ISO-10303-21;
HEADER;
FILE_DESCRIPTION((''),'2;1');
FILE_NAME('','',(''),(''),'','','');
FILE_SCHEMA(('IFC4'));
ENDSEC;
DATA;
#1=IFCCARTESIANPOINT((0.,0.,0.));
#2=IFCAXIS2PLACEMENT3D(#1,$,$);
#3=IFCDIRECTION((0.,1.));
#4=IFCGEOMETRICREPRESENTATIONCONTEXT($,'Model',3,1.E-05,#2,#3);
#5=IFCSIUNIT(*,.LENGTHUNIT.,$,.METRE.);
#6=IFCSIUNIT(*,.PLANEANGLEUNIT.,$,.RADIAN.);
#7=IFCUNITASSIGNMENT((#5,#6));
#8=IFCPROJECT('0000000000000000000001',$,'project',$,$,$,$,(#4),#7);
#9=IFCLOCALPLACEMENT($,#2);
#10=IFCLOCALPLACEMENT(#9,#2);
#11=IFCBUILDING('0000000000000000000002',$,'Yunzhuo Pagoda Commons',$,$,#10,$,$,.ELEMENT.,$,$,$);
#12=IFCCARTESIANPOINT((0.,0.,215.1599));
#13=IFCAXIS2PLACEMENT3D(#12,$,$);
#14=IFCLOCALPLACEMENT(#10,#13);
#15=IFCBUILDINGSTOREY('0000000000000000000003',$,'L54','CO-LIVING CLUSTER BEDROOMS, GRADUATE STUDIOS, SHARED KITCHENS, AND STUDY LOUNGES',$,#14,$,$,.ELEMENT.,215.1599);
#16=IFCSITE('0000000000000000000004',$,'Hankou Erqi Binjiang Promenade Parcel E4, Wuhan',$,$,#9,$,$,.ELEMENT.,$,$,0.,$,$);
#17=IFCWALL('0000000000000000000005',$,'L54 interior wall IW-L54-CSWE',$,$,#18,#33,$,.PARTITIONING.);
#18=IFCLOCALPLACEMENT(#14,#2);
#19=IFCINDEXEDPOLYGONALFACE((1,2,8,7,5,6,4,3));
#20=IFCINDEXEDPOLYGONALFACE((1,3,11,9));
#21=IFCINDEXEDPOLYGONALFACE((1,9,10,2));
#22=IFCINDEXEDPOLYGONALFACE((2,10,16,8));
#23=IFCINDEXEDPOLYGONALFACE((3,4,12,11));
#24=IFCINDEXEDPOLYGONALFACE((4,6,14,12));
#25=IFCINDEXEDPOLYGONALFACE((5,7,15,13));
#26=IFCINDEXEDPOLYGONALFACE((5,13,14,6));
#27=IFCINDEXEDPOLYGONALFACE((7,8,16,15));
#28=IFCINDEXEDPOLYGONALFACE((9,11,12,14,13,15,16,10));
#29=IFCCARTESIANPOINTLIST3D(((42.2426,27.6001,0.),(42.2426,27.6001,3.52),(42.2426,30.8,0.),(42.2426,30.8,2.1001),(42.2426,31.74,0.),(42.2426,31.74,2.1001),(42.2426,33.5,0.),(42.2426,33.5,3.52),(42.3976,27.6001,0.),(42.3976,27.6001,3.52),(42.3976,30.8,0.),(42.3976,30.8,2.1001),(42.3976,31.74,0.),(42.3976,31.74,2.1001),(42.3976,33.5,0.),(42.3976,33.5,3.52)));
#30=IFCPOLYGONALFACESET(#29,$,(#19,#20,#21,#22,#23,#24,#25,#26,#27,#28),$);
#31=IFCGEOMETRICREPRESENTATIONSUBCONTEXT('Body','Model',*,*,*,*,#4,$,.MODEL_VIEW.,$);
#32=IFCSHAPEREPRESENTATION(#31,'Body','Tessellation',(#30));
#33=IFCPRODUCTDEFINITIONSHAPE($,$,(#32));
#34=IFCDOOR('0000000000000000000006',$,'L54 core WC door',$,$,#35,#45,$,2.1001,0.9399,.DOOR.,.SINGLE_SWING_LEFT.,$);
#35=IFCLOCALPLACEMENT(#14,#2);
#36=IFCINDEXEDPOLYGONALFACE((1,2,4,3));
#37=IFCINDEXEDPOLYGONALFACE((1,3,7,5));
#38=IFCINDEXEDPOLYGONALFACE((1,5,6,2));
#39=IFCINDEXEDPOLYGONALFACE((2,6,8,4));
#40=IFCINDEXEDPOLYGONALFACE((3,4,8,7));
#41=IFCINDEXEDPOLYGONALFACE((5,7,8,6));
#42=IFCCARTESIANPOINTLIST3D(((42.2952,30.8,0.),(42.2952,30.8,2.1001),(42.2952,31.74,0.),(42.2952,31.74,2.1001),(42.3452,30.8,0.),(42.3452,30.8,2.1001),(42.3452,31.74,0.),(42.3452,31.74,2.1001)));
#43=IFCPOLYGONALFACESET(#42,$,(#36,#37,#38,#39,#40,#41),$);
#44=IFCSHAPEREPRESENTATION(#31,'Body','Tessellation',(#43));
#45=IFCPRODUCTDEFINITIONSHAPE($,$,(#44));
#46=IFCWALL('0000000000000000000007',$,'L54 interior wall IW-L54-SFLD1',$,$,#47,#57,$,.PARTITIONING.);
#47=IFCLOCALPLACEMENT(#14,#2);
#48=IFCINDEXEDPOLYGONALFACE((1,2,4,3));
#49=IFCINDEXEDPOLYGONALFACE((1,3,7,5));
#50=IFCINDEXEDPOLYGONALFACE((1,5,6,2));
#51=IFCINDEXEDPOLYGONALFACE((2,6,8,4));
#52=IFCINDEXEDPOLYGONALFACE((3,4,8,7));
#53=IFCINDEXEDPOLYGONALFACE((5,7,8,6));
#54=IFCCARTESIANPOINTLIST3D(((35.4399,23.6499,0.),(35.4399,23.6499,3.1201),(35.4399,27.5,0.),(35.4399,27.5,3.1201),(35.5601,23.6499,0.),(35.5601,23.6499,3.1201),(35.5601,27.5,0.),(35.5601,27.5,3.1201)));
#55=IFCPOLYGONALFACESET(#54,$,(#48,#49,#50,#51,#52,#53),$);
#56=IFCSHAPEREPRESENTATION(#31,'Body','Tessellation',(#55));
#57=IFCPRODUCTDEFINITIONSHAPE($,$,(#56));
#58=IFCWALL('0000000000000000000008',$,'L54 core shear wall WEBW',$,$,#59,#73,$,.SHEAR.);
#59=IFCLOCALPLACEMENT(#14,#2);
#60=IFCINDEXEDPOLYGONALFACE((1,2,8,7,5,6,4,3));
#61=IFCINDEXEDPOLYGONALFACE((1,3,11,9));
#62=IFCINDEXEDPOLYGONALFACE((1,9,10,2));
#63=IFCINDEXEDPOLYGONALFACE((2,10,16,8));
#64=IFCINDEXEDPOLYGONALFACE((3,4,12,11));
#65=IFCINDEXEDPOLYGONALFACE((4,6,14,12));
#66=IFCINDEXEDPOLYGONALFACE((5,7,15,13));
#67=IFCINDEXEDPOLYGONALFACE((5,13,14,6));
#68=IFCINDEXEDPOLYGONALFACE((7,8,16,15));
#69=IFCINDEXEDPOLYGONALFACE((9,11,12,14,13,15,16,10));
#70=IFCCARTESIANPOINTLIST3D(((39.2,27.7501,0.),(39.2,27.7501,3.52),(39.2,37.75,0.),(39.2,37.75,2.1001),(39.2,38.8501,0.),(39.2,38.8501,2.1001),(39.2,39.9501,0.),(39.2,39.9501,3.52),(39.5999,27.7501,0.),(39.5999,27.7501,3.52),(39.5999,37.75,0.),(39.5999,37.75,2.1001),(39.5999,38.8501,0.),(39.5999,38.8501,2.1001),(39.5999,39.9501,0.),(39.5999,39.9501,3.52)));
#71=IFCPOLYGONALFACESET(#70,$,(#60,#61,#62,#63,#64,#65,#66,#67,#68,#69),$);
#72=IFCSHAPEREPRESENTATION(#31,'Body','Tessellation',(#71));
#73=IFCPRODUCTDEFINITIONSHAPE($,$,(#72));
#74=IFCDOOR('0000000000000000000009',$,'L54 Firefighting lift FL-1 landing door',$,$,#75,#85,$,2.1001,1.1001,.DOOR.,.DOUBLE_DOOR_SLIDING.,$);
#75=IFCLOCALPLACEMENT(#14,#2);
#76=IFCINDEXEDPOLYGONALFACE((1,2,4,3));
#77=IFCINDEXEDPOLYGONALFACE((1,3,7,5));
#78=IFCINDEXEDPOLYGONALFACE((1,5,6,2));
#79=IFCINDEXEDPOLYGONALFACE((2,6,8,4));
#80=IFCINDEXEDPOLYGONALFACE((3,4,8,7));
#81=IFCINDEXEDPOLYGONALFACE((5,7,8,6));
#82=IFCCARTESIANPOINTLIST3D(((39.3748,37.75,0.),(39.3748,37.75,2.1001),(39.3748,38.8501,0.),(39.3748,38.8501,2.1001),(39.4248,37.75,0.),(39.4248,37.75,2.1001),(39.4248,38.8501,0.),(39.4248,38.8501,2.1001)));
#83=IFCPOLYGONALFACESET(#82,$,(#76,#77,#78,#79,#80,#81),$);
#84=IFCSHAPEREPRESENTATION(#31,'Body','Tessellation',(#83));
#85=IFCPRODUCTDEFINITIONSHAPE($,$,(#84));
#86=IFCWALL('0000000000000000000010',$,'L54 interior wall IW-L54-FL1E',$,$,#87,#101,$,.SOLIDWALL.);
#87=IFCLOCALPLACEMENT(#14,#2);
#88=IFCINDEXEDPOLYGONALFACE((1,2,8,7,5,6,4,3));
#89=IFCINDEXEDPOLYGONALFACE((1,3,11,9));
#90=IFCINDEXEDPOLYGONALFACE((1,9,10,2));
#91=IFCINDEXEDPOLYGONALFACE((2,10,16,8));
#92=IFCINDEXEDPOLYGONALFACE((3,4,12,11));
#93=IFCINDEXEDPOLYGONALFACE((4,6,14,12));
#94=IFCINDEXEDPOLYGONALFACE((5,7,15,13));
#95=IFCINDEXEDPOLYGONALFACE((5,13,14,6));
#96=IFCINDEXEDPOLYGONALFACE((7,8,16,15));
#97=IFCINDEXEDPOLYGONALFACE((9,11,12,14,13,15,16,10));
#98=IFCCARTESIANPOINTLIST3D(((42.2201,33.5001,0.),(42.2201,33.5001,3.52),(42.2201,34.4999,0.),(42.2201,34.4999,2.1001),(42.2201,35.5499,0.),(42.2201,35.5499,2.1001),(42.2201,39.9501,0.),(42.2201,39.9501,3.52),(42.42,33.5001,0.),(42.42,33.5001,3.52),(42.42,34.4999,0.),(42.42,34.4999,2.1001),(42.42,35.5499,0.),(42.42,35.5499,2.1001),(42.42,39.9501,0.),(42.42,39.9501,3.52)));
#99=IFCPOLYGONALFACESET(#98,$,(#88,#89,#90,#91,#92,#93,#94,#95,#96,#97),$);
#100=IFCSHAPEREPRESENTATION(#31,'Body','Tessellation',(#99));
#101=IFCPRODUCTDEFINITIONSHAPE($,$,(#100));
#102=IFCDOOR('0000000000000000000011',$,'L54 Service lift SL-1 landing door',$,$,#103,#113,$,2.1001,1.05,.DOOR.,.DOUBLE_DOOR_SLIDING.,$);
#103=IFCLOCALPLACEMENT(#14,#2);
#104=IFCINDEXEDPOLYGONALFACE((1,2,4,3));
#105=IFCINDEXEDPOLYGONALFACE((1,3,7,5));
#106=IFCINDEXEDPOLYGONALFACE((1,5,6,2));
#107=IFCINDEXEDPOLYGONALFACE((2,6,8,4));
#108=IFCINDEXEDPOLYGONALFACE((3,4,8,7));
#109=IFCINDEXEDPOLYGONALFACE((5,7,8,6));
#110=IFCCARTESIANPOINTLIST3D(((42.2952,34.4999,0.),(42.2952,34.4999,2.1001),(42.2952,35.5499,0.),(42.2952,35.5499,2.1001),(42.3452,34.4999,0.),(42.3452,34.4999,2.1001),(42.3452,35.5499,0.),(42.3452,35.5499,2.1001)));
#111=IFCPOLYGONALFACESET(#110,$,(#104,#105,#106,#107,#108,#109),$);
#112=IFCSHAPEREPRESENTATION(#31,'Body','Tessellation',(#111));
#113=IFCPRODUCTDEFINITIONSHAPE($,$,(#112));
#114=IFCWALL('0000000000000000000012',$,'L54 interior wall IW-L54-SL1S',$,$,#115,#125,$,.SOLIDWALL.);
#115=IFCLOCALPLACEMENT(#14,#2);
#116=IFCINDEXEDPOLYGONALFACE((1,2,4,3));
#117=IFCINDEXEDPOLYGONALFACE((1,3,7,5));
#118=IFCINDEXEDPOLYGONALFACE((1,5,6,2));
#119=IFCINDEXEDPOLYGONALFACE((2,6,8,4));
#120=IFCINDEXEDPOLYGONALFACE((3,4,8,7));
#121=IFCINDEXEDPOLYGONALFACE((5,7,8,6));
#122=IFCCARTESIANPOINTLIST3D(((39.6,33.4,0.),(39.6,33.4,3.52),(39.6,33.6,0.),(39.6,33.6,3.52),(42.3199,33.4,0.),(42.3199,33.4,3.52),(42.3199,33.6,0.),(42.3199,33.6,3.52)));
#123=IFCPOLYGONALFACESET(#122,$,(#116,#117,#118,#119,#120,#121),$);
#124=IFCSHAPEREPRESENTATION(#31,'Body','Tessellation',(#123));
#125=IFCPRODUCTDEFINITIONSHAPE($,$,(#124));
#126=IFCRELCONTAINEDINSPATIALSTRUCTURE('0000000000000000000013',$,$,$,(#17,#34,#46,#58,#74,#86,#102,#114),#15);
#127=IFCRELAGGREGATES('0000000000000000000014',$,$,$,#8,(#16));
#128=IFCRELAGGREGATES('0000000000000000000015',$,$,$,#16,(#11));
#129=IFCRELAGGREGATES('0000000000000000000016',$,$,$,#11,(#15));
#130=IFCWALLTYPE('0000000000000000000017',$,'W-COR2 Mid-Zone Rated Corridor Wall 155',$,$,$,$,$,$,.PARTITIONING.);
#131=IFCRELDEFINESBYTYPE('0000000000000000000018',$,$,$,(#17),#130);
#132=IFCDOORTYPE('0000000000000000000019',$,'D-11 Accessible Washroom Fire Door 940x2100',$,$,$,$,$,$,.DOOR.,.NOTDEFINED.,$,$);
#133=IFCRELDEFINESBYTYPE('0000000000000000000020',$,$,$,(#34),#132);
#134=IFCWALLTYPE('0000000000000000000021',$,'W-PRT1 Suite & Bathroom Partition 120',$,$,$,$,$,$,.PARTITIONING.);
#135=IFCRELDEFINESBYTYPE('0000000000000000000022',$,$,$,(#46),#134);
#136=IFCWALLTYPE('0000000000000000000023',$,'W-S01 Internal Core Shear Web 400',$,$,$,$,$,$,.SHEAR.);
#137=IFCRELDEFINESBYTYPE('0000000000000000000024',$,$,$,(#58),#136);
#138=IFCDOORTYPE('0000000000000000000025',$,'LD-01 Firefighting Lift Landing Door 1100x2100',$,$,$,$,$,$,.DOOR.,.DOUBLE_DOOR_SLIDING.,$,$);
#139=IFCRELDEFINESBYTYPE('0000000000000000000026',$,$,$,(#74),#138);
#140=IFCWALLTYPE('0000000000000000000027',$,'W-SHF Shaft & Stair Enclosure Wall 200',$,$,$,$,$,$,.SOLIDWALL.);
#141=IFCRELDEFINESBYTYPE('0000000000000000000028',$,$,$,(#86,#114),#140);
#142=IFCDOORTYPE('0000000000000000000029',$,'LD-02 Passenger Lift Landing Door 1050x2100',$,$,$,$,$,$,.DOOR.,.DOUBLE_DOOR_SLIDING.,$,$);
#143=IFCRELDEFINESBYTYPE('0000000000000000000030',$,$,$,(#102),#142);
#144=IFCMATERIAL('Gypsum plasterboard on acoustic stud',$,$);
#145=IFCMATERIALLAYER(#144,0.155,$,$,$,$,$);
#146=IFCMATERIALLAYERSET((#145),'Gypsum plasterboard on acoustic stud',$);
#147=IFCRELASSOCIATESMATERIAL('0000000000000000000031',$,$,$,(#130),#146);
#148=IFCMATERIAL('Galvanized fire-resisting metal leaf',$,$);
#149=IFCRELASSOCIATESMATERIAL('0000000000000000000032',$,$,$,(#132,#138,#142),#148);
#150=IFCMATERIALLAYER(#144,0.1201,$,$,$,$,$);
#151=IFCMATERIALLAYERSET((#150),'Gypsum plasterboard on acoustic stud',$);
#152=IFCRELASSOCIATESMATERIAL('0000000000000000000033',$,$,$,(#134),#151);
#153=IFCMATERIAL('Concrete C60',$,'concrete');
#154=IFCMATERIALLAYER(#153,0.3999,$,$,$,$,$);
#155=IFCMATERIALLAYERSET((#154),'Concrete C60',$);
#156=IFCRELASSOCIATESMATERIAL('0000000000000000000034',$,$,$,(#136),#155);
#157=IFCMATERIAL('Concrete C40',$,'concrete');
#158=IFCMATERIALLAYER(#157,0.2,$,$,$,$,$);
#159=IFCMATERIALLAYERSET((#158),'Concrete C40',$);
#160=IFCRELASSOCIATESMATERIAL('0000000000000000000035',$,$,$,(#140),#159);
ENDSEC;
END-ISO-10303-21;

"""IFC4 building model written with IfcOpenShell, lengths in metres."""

from ifc_helpers import new_model, si_unit, direction, frame, frame_2d, origin, origin_with_axes, place, context, subcontext, project, spatial, rectangle, extrude, source, transform, mapped, material, layer, layer_set, type_object, element, fill, save


model = new_model("IFC4")

# Units and contexts
model_context = context("Model", 3, precision=1e-05, world=origin(), true_north=direction((0.0, 1.0)))
body_context = subcontext(model_context, "Body", "Model", "MODEL_VIEW")
ifc_project = project(units=[si_unit("LENGTHUNIT", "METRE"), si_unit("PLANEANGLEUNIT", "RADIAN")], contexts=[model_context])

# Site, building, storey
site_placement = place(None, origin())
site = spatial("IfcSite", under=ifc_project, at=site_placement, Name="Hankou Erqi Binjiang Promenade Parcel E4, Wuhan", CompositionType="ELEMENT", RefElevation=0.0)
building_placement = place(site_placement, origin())
building = spatial("IfcBuilding", under=site, at=building_placement, Name="Yunzhuo Pagoda Commons", CompositionType="ELEMENT")
storey_placement = place(building_placement, frame((0.0, 0.0, 215.1599)))
storey = spatial("IfcBuildingStorey", under=building, at=storey_placement, Name="L54", Description="CO-LIVING CLUSTER BEDROOMS, GRADUATE STUDIOS, SHARED KITCHENS, AND STUDY LOUNGES", CompositionType="ELEMENT", Elevation=215.1599)

# Wall, opening, door
ifc_material_1 = material(Name="Gypsum plasterboard on acoustic stud")
ifc_layer_1 = layer(ifc_material_1, 0.155)
ifc_layer_set_1 = layer_set([ifc_layer_1], Name="Gypsum plasterboard on acoustic stud")
wall_type_1 = type_object("IfcWallType", Name="W-COR2 Mid-Zone Rated Corridor Wall 155", PredefinedType="PARTITIONING", material=ifc_layer_set_1)
wall_1_placement = place(storey_placement, frame((42.3201, 27.6001, 0.0), z_axis=(0.0, 0.0, 1.0), x_axis=(0.0, 1.0, 0.0)))
wall_1 = element("IfcWall", 1, at=wall_1_placement, inside=storey, type_object=wall_type_1, Name="L54 interior wall IW-L54-CSWE", PredefinedType="PARTITIONING", context=body_context, shape_type="SweptSolid", body=[
    extrude(rectangle(XDim=5.8999, YDim=0.155, at=frame_2d((2.95, 0.0))), origin(), (0.0, 0.0, 1.0), 3.52),
])
opening_1_placement = place(wall_1_placement, frame((3.2, 0.0, 0.0)))
opening_1 = element("IfcOpeningElement", 2, at=opening_1_placement, cuts=wall_1, PredefinedType="OPENING", context=body_context, shape_type="SweptSolid", body=[
    extrude(rectangle(XDim=0.9399, YDim=2.1001, at=frame_2d((0.47, 1.05))), frame((0.0, 0.0874, 0.0), z_axis=(0.0, -1.0, 0.0), x_axis=(1.0, 0.0, 0.0)), (0.0, 0.0, 1.0), 0.175),
])
ifc_material_2 = material(Name="Galvanized fire-resisting metal leaf")
door_type_1 = type_object("IfcDoorType", Name="D-11 Accessible Washroom Fire Door 940x2100", OperationType="NOTDEFINED", PredefinedType="DOOR", material=ifc_material_2)
shared_shape_1 = source(origin(), body_context, "Body", "SweptSolid", [
    extrude(rectangle(XDim=0.9399, YDim=2.1001, at=frame_2d((0.47, 1.05))), frame((0.0, 0.0249, 0.0), z_axis=(0.0, -1.0, 0.0), x_axis=(1.0, 0.0, 0.0)), (0.0, 0.0, 1.0), 0.05),
])
door_1_placement = place(opening_1_placement, origin_with_axes())
door_1 = element("IfcDoor", 3, at=door_1_placement, inside=storey, type_object=door_type_1, Name="L54 core WC door", OperationType="SINGLE_SWING_LEFT", OverallHeight=2.1001, OverallWidth=0.9399, PredefinedType="DOOR", context=body_context, shape_type="MappedRepresentation", body=[
    mapped(shared_shape_1, transform((0.0, 0.0, 0.0), scale=1.0)),
])
fill(opening_1, door_1)

# Wall
ifc_layer_2 = layer(ifc_material_1, 0.1201)
ifc_layer_set_2 = layer_set([ifc_layer_2], Name="Gypsum plasterboard on acoustic stud")
wall_type_2 = type_object("IfcWallType", Name="W-PRT1 Suite & Bathroom Partition 120", PredefinedType="PARTITIONING", material=ifc_layer_set_2)
wall_2_placement = place(storey_placement, frame((35.5, 23.6499, 0.0), z_axis=(0.0, 0.0, 1.0), x_axis=(0.0, 1.0, 0.0)))
element("IfcWall", 4, at=wall_2_placement, inside=storey, type_object=wall_type_2, Name="L54 interior wall IW-L54-SFLD1", PredefinedType="PARTITIONING", context=body_context, shape_type="SweptSolid", body=[
    extrude(rectangle(XDim=3.8501, YDim=0.1201, at=frame_2d((1.925, 0.0))), origin(), (0.0, 0.0, 1.0), 3.1201),
])

# Walls, openings, doors
ifc_material_3 = material(Name="Concrete C60", Category="concrete")
ifc_layer_3 = layer(ifc_material_3, 0.3999)
ifc_layer_set_3 = layer_set([ifc_layer_3], Name="Concrete C60")
wall_type_3 = type_object("IfcWallType", Name="W-S01 Internal Core Shear Web 400", PredefinedType="SHEAR", material=ifc_layer_set_3)
wall_3_placement = place(storey_placement, frame((39.3999, 27.75, 0.0), z_axis=(0.0, 0.0, 1.0), x_axis=(0.0, 1.0, 0.0)))
wall_3 = element("IfcWall", 5, at=wall_3_placement, inside=storey, type_object=wall_type_3, Name="L54 core shear wall WEBW", PredefinedType="SHEAR", context=body_context, shape_type="SweptSolid", body=[
    extrude(rectangle(XDim=12.2, YDim=0.3999, at=frame_2d((6.1001, 0.0))), origin(), (0.0, 0.0, 1.0), 3.52),
])
opening_2_placement = place(wall_3_placement, frame((10.0, 0.0, 0.0)))
opening_2 = element("IfcOpeningElement", 6, at=opening_2_placement, cuts=wall_3, PredefinedType="OPENING", context=body_context, shape_type="SweptSolid", body=[
    extrude(rectangle(XDim=1.1001, YDim=2.1001, at=frame_2d((0.55, 1.05))), frame((0.0, 0.21, 0.0), z_axis=(0.0, -1.0, 0.0), x_axis=(1.0, 0.0, 0.0)), (0.0, 0.0, 1.0), 0.4199),
])
door_type_2 = type_object("IfcDoorType", Name="LD-01 Firefighting Lift Landing Door 1100x2100", OperationType="DOUBLE_DOOR_SLIDING", PredefinedType="DOOR", material=ifc_material_2)
shared_shape_2 = source(origin(), body_context, "Body", "SweptSolid", [
    extrude(rectangle(XDim=1.1001, YDim=2.1001, at=frame_2d((0.55, 1.05))), frame((0.0, 0.0249, 0.0), z_axis=(0.0, -1.0, 0.0), x_axis=(1.0, 0.0, 0.0)), (0.0, 0.0, 1.0), 0.05),
])
door_2_placement = place(opening_2_placement, frame((1.1001, 0.0, 0.0), z_axis=(0.0, 0.0, 1.0), x_axis=(-1.0, 0.0, 0.0)))
door_2 = element("IfcDoor", 7, at=door_2_placement, inside=storey, type_object=door_type_2, Name="L54 Firefighting lift FL-1 landing door", OperationType="DOUBLE_DOOR_SLIDING", OverallHeight=2.1001, OverallWidth=1.1001, PredefinedType="DOOR", context=body_context, shape_type="MappedRepresentation", body=[
    mapped(shared_shape_2, transform((0.0, 0.0, 0.0), scale=1.0)),
])
fill(opening_2, door_2)
ifc_material_4 = material(Name="Concrete C40", Category="concrete")
ifc_layer_4 = layer(ifc_material_4, 0.2)
ifc_layer_set_4 = layer_set([ifc_layer_4], Name="Concrete C40")
wall_type_4 = type_object("IfcWallType", Name="W-SHF Shaft & Stair Enclosure Wall 200", PredefinedType="SOLIDWALL", material=ifc_layer_set_4)
wall_4_placement = place(storey_placement, frame((42.3201, 33.5, 0.0), z_axis=(0.0, 0.0, 1.0), x_axis=(0.0, 1.0, 0.0)))
wall_4 = element("IfcWall", 8, at=wall_4_placement, inside=storey, type_object=wall_type_4, Name="L54 interior wall IW-L54-FL1E", PredefinedType="SOLIDWALL", context=body_context, shape_type="SweptSolid", body=[
    extrude(rectangle(XDim=6.45, YDim=0.2, at=frame_2d((3.2251, 0.0))), origin(), (0.0, 0.0, 1.0), 3.52),
])
opening_3_placement = place(wall_4_placement, frame((1.0, 0.0, 0.0)))
opening_3 = element("IfcOpeningElement", 9, at=opening_3_placement, cuts=wall_4, PredefinedType="OPENING", context=body_context, shape_type="SweptSolid", body=[
    extrude(rectangle(XDim=1.05, YDim=2.1001, at=frame_2d((0.5249, 1.05))), frame((0.0, 0.1099, 0.0), z_axis=(0.0, -1.0, 0.0), x_axis=(1.0, 0.0, 0.0)), (0.0, 0.0, 1.0), 0.22),
])
door_type_3 = type_object("IfcDoorType", Name="LD-02 Passenger Lift Landing Door 1050x2100", OperationType="DOUBLE_DOOR_SLIDING", PredefinedType="DOOR", material=ifc_material_2)
shared_shape_3 = source(origin(), body_context, "Body", "SweptSolid", [
    extrude(rectangle(XDim=1.05, YDim=2.1001, at=frame_2d((0.5249, 1.05))), frame((0.0, 0.0249, 0.0), z_axis=(0.0, -1.0, 0.0), x_axis=(1.0, 0.0, 0.0)), (0.0, 0.0, 1.0), 0.05),
])
door_3_placement = place(opening_3_placement, origin_with_axes())
door_3 = element("IfcDoor", 10, at=door_3_placement, inside=storey, type_object=door_type_3, Name="L54 Service lift SL-1 landing door", OperationType="DOUBLE_DOOR_SLIDING", OverallHeight=2.1001, OverallWidth=1.05, PredefinedType="DOOR", context=body_context, shape_type="MappedRepresentation", body=[
    mapped(shared_shape_3, transform((0.0, 0.0, 0.0), scale=1.0)),
])
fill(opening_3, door_3)

# Wall
wall_5_placement = place(storey_placement, frame((39.6001, 33.5, 0.0), z_axis=(0.0, 0.0, 1.0), x_axis=(1.0, 0.0, 0.0)))
element("IfcWall", 11, at=wall_5_placement, inside=storey, type_object=wall_type_4, Name="L54 interior wall IW-L54-SL1S", PredefinedType="SOLIDWALL", context=body_context, shape_type="SweptSolid", body=[
    extrude(rectangle(XDim=2.72, YDim=0.2, at=frame_2d((1.3599, 0.0))), origin(), (0.0, 0.0, 1.0), 3.52),
])

save(model, "model.ifc")
